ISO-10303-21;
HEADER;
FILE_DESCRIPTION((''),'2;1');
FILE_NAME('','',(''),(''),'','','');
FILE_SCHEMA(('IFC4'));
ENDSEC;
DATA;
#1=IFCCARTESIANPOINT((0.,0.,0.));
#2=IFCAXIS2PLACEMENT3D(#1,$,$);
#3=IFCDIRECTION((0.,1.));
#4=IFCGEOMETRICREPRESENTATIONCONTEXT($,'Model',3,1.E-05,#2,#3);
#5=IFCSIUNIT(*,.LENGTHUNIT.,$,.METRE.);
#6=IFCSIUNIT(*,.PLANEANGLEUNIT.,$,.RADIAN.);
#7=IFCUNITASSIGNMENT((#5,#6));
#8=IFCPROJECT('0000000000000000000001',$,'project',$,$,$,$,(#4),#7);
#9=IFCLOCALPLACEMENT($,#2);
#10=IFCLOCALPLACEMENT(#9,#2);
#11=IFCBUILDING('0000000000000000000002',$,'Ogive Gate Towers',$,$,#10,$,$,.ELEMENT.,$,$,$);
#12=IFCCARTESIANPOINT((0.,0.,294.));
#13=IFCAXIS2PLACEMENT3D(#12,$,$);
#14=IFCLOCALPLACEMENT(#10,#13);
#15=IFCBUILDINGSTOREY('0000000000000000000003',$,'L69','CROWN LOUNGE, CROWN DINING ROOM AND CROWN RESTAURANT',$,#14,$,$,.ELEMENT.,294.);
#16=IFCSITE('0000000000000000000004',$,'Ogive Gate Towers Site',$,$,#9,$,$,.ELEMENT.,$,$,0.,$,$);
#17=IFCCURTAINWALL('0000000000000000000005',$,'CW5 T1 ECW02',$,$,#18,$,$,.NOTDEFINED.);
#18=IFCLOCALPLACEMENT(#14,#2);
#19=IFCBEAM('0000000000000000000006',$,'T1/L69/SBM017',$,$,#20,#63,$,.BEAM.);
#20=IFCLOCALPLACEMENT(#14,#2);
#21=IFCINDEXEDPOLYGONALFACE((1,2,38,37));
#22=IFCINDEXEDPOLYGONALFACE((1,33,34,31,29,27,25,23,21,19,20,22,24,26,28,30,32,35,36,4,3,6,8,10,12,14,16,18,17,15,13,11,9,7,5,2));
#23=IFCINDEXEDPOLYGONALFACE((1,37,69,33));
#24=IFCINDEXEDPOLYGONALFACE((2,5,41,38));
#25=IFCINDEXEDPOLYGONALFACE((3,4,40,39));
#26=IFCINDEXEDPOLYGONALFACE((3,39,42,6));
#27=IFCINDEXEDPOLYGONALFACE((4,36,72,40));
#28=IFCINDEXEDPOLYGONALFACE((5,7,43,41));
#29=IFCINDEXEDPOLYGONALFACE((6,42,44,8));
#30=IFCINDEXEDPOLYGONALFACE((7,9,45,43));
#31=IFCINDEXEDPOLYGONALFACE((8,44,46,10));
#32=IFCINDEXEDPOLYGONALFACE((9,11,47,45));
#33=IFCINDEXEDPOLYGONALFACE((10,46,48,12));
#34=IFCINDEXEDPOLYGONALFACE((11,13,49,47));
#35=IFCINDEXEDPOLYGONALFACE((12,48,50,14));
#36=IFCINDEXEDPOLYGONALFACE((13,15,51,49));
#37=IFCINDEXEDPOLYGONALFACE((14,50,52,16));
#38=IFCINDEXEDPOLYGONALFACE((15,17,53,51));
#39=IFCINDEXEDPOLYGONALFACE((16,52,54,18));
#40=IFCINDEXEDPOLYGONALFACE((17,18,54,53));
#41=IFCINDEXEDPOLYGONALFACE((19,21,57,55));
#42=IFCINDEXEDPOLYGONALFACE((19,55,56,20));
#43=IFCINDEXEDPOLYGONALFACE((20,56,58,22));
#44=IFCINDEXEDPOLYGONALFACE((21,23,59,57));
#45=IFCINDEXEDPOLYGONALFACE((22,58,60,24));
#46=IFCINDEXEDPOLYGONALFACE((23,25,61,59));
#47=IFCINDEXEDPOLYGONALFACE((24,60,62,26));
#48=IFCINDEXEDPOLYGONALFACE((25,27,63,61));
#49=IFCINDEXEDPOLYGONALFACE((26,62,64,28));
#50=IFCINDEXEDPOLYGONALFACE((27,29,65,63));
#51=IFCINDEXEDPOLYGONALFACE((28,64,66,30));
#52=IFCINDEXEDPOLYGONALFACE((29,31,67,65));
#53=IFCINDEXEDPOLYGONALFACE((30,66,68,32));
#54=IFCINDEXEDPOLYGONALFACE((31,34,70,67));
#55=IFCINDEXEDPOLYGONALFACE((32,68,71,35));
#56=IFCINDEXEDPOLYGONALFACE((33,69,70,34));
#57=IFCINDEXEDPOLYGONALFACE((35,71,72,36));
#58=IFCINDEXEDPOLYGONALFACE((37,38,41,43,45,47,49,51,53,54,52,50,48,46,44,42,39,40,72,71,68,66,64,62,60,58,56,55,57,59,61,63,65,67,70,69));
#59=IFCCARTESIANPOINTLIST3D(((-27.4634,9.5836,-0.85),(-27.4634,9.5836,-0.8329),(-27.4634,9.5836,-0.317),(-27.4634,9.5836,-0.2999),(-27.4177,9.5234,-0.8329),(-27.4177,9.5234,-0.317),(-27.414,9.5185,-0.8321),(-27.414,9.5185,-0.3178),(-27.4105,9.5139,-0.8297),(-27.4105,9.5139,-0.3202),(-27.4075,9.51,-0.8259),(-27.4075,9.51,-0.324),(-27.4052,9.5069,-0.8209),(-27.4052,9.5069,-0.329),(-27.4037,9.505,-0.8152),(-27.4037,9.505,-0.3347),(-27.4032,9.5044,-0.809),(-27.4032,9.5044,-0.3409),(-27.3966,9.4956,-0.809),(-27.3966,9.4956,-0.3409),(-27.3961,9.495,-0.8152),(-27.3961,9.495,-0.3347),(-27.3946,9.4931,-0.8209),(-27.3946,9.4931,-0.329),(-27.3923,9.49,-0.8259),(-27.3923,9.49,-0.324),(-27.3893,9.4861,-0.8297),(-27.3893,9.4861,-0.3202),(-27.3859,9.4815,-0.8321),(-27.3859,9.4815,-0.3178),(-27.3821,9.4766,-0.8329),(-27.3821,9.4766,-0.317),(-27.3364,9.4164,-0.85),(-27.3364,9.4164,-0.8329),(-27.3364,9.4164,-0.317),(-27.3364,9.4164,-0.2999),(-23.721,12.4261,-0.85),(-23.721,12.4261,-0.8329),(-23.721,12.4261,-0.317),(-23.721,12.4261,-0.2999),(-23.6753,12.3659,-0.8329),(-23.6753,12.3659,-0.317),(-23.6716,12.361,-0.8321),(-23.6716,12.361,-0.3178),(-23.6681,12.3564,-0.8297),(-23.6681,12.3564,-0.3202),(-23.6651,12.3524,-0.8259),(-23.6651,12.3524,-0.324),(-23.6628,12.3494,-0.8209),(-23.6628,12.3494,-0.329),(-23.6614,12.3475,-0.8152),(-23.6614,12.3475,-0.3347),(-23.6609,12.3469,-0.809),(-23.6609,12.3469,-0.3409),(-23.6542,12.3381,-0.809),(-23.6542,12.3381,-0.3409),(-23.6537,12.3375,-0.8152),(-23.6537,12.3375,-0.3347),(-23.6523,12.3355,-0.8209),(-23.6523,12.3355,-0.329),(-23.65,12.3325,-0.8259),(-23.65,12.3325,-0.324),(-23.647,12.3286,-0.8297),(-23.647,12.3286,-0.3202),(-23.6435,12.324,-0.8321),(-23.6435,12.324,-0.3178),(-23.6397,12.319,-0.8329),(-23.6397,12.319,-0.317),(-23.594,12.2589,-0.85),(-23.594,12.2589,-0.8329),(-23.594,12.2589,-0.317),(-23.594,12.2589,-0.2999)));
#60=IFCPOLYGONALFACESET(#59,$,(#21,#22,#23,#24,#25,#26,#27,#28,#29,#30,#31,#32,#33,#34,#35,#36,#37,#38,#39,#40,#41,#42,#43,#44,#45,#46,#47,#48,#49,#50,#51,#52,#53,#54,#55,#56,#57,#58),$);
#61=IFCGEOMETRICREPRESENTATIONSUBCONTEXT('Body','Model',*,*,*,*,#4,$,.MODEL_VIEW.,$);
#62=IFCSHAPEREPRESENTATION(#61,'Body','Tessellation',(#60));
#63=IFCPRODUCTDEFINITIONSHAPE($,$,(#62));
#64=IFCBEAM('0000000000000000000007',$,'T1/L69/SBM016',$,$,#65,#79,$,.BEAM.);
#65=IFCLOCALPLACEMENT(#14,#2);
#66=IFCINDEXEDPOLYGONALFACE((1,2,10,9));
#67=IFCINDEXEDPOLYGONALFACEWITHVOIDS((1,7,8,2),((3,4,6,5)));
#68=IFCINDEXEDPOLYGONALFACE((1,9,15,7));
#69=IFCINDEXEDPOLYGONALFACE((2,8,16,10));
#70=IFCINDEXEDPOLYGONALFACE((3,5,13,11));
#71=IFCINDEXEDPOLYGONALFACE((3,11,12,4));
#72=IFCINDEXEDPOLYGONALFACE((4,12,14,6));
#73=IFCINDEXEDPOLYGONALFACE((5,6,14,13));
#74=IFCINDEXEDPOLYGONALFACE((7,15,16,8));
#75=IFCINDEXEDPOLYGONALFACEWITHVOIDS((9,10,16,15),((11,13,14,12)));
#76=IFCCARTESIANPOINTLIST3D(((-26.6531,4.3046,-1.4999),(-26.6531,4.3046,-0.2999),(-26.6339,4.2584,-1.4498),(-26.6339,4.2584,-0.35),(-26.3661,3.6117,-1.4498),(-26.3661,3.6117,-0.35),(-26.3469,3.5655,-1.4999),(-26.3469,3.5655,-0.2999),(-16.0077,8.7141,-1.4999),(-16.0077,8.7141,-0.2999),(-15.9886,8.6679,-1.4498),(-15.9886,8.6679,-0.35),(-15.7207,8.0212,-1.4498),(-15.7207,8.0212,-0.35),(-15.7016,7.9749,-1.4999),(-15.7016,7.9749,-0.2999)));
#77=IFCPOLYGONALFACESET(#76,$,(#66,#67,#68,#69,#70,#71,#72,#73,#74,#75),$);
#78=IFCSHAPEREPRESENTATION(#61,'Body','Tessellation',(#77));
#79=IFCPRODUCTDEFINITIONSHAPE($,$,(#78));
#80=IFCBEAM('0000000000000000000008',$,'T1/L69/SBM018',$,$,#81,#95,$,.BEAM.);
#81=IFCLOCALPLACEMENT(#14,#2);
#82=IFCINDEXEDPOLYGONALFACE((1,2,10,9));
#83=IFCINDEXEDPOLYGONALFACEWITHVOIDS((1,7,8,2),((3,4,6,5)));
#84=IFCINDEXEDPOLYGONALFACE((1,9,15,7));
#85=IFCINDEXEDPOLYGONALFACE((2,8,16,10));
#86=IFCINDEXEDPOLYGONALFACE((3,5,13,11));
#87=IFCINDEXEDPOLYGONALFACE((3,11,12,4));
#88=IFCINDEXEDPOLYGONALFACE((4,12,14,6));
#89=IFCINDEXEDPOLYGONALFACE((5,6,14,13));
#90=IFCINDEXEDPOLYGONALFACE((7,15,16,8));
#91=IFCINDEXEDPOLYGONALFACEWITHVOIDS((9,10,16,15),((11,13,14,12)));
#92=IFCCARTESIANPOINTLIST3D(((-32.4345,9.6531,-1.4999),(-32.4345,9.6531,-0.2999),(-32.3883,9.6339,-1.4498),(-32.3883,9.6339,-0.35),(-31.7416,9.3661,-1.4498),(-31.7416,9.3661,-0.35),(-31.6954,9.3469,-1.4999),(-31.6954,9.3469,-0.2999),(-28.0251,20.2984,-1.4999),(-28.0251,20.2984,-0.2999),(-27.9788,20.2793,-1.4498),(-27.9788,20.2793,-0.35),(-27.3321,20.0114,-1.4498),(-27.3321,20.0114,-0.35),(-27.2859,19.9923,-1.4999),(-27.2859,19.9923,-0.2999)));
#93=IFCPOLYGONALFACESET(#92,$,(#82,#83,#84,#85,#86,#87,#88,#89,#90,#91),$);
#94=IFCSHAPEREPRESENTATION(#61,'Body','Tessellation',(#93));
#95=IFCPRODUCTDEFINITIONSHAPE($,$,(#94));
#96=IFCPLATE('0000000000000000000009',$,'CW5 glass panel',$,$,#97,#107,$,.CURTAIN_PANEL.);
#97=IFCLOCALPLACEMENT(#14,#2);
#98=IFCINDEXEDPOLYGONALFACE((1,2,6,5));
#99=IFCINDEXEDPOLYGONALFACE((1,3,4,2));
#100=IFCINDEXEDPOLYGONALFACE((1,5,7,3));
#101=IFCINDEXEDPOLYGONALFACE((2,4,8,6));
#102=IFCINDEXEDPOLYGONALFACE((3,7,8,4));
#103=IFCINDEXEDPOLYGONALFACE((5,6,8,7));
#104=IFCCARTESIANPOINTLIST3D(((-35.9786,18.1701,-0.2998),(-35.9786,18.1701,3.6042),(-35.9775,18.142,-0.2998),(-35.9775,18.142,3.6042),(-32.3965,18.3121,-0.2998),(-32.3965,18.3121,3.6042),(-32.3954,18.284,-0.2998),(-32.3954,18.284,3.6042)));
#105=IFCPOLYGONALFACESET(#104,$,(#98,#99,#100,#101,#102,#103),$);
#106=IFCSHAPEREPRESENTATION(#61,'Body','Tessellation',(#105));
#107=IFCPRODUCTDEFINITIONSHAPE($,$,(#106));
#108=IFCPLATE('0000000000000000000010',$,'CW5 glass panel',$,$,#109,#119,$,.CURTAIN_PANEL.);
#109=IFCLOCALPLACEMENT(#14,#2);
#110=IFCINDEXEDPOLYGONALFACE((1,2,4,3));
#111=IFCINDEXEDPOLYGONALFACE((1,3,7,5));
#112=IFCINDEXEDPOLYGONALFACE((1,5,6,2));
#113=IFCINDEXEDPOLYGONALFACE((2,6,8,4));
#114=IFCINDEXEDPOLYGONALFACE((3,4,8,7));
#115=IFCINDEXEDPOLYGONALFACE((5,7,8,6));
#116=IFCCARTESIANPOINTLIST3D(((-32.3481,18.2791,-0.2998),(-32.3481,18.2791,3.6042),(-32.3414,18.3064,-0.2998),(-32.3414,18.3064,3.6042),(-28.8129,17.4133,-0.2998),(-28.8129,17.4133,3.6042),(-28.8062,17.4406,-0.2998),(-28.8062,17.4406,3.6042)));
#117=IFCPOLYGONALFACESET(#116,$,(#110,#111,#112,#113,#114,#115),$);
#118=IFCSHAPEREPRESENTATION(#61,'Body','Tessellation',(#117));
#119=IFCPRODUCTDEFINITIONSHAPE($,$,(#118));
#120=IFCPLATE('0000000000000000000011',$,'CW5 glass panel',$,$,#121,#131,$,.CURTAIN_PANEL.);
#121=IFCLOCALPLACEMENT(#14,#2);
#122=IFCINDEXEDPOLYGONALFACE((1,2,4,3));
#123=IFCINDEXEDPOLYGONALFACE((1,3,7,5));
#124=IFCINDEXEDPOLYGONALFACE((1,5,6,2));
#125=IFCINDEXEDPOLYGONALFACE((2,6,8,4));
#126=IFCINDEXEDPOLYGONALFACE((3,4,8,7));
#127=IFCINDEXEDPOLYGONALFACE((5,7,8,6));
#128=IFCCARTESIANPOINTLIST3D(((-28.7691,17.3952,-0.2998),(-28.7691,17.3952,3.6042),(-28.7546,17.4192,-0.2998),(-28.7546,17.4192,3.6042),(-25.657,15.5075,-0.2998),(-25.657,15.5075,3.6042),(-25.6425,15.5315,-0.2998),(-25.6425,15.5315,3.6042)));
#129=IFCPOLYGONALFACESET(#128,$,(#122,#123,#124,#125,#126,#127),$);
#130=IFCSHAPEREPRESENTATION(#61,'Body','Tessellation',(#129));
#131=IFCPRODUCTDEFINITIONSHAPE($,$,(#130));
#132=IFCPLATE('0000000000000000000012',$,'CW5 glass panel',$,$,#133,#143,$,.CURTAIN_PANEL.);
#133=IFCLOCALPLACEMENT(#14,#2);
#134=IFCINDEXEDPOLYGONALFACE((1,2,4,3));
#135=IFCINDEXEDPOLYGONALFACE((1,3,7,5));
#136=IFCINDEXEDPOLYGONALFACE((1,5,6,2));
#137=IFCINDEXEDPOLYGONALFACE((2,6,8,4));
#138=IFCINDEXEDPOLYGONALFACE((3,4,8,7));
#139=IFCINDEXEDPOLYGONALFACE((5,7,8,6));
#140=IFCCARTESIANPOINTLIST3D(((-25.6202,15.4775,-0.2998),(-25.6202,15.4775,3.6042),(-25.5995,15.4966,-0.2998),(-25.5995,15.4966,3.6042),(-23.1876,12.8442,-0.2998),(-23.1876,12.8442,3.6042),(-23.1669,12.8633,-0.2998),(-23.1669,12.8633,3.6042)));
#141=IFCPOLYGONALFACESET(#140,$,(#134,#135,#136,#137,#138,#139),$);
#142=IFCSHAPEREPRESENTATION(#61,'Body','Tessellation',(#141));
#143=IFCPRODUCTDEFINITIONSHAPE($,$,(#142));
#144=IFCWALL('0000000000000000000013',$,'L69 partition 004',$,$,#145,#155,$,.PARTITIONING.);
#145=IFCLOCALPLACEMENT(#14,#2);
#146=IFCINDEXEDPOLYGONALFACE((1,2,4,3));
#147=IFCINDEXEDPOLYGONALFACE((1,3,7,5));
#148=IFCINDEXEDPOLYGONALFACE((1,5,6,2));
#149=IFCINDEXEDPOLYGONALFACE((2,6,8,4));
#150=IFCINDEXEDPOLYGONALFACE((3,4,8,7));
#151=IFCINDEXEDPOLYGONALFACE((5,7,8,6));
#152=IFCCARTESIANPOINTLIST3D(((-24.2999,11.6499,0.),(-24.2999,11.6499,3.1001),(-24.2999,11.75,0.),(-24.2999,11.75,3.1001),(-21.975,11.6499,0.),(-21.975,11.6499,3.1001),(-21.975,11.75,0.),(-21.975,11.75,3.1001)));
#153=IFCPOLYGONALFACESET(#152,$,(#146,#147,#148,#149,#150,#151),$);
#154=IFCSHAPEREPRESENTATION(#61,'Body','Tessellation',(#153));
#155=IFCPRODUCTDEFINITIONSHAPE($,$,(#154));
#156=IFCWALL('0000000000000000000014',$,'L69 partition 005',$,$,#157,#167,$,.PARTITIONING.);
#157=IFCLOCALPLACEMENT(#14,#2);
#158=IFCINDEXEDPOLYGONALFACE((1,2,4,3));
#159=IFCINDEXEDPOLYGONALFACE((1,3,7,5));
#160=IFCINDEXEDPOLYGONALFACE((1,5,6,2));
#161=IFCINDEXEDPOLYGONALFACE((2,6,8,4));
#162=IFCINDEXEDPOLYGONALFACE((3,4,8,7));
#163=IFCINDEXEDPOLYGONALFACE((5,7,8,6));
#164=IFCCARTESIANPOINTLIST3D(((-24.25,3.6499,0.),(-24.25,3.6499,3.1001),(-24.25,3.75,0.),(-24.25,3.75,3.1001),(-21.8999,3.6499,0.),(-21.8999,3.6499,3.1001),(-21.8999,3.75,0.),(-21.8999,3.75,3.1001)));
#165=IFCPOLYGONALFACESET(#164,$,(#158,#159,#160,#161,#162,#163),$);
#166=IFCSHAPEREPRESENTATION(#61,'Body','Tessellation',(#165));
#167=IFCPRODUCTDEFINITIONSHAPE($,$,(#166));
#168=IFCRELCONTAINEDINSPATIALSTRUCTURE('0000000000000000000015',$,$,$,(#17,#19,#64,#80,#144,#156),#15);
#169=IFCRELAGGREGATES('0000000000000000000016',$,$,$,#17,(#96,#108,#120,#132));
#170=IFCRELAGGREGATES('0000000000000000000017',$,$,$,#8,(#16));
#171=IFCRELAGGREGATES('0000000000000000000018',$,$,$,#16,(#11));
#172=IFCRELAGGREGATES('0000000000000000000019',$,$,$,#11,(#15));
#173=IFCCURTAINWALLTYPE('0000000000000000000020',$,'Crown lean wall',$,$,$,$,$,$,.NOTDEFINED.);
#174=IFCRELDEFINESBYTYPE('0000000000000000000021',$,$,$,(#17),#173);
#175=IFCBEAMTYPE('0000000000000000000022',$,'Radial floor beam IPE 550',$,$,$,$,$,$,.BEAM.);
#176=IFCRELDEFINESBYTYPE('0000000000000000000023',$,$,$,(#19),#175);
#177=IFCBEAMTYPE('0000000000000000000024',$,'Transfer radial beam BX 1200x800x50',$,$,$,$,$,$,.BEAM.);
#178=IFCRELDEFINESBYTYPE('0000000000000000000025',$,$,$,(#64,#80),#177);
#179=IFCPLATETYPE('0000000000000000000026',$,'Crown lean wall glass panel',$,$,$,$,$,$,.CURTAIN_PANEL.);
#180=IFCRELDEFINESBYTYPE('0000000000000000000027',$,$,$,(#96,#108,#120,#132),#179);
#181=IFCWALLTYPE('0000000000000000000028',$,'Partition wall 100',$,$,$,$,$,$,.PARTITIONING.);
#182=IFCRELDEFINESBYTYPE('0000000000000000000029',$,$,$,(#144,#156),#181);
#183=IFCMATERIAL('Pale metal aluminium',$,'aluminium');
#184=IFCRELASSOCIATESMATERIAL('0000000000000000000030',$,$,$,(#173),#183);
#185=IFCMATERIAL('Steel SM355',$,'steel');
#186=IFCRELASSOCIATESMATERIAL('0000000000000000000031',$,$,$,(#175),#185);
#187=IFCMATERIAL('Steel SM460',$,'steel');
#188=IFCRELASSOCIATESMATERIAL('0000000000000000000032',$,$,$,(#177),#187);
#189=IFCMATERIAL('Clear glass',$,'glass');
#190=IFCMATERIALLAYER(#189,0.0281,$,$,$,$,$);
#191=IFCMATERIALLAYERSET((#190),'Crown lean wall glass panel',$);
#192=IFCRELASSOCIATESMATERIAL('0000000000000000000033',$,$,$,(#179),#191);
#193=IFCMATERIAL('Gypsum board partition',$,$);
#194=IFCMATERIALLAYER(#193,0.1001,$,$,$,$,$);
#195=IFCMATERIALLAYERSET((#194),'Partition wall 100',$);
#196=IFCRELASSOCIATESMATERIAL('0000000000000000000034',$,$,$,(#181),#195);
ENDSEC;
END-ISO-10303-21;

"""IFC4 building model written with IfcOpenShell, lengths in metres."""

from ifc_helpers import new_model, si_unit, direction, frame, frame_2d, origin, origin_2d, place, context, subcontext, project, spatial, rectangle, hollow_rectangle, i_section, extrude, material, layer, layer_set, material_profile, profile_set, type_object, element, aggregate, save


model = new_model("IFC4")

# Units and contexts
model_context = context("Model", 3, precision=1e-05, world=origin(), true_north=direction((0.0, 1.0)))
body_context = subcontext(model_context, "Body", "Model", "MODEL_VIEW")
ifc_project = project(units=[si_unit("LENGTHUNIT", "METRE"), si_unit("PLANEANGLEUNIT", "RADIAN")], contexts=[model_context])

# Site, building, storey
site_placement = place(None, origin())
site = spatial("IfcSite", under=ifc_project, at=site_placement, Name="Ogive Gate Towers Site", CompositionType="ELEMENT", RefElevation=0.0)
building_placement = place(site_placement, origin())
building = spatial("IfcBuilding", under=site, at=building_placement, Name="Ogive Gate Towers", CompositionType="ELEMENT")
storey_placement = place(building_placement, frame((0.0, 0.0, 294.0)))
storey = spatial("IfcBuildingStorey", under=building, at=storey_placement, Name="L69", Description="CROWN LOUNGE, CROWN DINING ROOM AND CROWN RESTAURANT", CompositionType="ELEMENT", Elevation=294.0)

# Shared definitions
ifc_material_1 = material(Name="Steel SM460", Category="steel")

# Curtain wall
ifc_material_2 = material(Name="Pale metal aluminium", Category="aluminium")
curtain_wall_type = type_object("IfcCurtainWallType", Name="Crown lean wall", PredefinedType="NOTDEFINED", material=ifc_material_2)
curtain_wall_placement = place(storey_placement, origin())
curtain_wall = element("IfcCurtainWall", 1, at=curtain_wall_placement, inside=storey, type_object=curtain_wall_type, Name="CW5 T1 ECW02", PredefinedType="NOTDEFINED")

# Beams
ifc_material_3 = material(Name="Steel SM355", Category="steel")
ifc_material_profile_1 = material_profile(ifc_material_3, i_section(OverallWidth=0.21, OverallDepth=0.55, WebThickness=0.011, FlangeThickness=0.0171, FilletRadius=0.0239, at=origin_2d()), Name="IPE 550")
ifc_profile_set_1 = profile_set([ifc_material_profile_1], Name="Steel SM355")
beam_type_1 = type_object("IfcBeamType", Name="Radial floor beam IPE 550", PredefinedType="BEAM", material=ifc_profile_set_1)
beam_1_placement = place(storey_placement, frame((-27.3999, 9.5, -0.575), z_axis=(0.796338, 0.604851, 0.0), x_axis=(-0.604851, 0.796338, 0.0)))
element("IfcBeam", 2, at=beam_1_placement, inside=storey, type_object=beam_type_1, Name="T1/L69/SBM017", PredefinedType="BEAM", context=body_context, shape_type="SweptSolid", body=[
    extrude(i_section(OverallWidth=0.21, OverallDepth=0.55, WebThickness=0.011, FlangeThickness=0.0171, FilletRadius=0.0239, at=origin_2d()), origin(), (0.0, 0.0, 1.0), 4.6995),
])
ifc_material_profile_2 = material_profile(ifc_material_1, hollow_rectangle(XDim=0.8, YDim=1.2, WallThickness=0.05, at=origin_2d()), Name="BX 1200x800x50")
ifc_profile_set_2 = profile_set([ifc_material_profile_2], Name="Steel SM460")
beam_type_2 = type_object("IfcBeamType", Name="Transfer radial beam BX 1200x800x50", PredefinedType="BEAM", material=ifc_profile_set_2)
for number, where, z_axis, x_axis, name in (
    (3, (-26.5, 3.9351, -0.8999), (0.923879, 0.382684, 0.0), (-0.382684, 0.923879, 0.0), "T1/L69/SBM016"),
    (4, (-32.0649, 9.5, -0.8999), (0.382684, 0.923879, 0.0), (-0.923879, 0.382684, 0.0), "T1/L69/SBM018"),
):
    element("IfcBeam", number, at=place(storey_placement, frame(where, z_axis=z_axis, x_axis=x_axis)), inside=storey, type_object=beam_type_2, Name=name, PredefinedType="BEAM", context=body_context, shape_type="SweptSolid", body=[
        extrude(hollow_rectangle(XDim=0.8, YDim=1.2, WallThickness=0.05, at=origin_2d()), origin(), (0.0, 0.0, 1.0), 11.5225),
    ])

# Plates
ifc_material_4 = material(Name="Clear glass", Category="glass")
ifc_layer_1 = layer(ifc_material_4, 0.0281)
ifc_layer_set_1 = layer_set([ifc_layer_1], Name="Crown lean wall glass panel")
plate_type = type_object("IfcPlateType", Name="Crown lean wall glass panel", PredefinedType="CURTAIN_PANEL", material=ifc_layer_set_1)
plate_1_placement = place(storey_placement, frame((-34.187, 18.2271, -0.2998), z_axis=(0.0, 0.0, 1.0), x_axis=(0.999215, 0.039609, 0.0)))
plate_1 = element("IfcPlate", 5, at=plate_1_placement, type_object=plate_type, Name="CW5 glass panel", PredefinedType="CURTAIN_PANEL", context=body_context, shape_type="SweptSolid", body=[
    extrude(rectangle(XDim=3.585, YDim=0.0281, at=origin_2d()), origin(), (0.0, 0.0, 1.0), 3.9041),
])
plate_2_placement = place(storey_placement, frame((-30.5771, 17.8599, -0.2998), z_axis=(0.0, 0.0, 1.0), x_axis=(0.971296, -0.237872, 0.0)))
plate_2 = element("IfcPlate", 6, at=plate_2_placement, type_object=plate_type, Name="CW5 glass panel", PredefinedType="CURTAIN_PANEL", context=body_context, shape_type="SweptSolid", body=[
    extrude(rectangle(XDim=3.6396, YDim=0.0281, at=origin_2d()), origin(), (0.0, 0.0, 1.0), 3.9041),
])
plate_3_placement = place(storey_placement, frame((-27.2058, 16.4634, -0.2998), z_axis=(0.0, 0.0, 1.0), x_axis=(0.855002, -0.518624, 0.0)))
plate_3 = element("IfcPlate", 7, at=plate_3_placement, type_object=plate_type, Name="CW5 glass panel", PredefinedType="CURTAIN_PANEL", context=body_context, shape_type="SweptSolid", body=[
    extrude(rectangle(XDim=3.6399, YDim=0.0281, at=origin_2d()), origin(), (0.0, 0.0, 1.0), 3.9041),
])
plate_4_placement = place(storey_placement, frame((-24.3936, 14.1704, -0.2998), z_axis=(0.0, 0.0, 1.0), x_axis=(0.678557, -0.734548, 0.0)))
plate_4 = element("IfcPlate", 8, at=plate_4_placement, type_object=plate_type, Name="CW5 glass panel", PredefinedType="CURTAIN_PANEL", context=body_context, shape_type="SweptSolid", body=[
    extrude(rectangle(XDim=3.585, YDim=0.0281, at=origin_2d()), origin(), (0.0, 0.0, 1.0), 3.9041),
])
aggregate(curtain_wall, [plate_1, plate_2, plate_3, plate_4])

# Walls
ifc_material_5 = material(Name="Gypsum board partition")
ifc_layer_2 = layer(ifc_material_5, 0.1001)
ifc_layer_set_2 = layer_set([ifc_layer_2], Name="Partition wall 100")
wall_type_1 = type_object("IfcWallType", Name="Partition wall 100", PredefinedType="PARTITIONING", material=ifc_layer_set_2)
wall_1_placement = place(storey_placement, frame((-24.3, 11.7, 0.0), z_axis=(0.0, 0.0, 1.0), x_axis=(1.0, 0.0, 0.0)))
element("IfcWall", 9, at=wall_1_placement, inside=storey, type_object=wall_type_1, Name="L69 partition 004", PredefinedType="PARTITIONING", context=body_context, shape_type="SweptSolid", body=[
    extrude(rectangle(XDim=2.325, YDim=0.1001, at=frame_2d((1.1626, 0.0))), origin(), (0.0, 0.0, 1.0), 3.1001),
])
wall_2_placement = place(storey_placement, frame((-24.25, 3.7, 0.0), z_axis=(0.0, 0.0, 1.0), x_axis=(1.0, 0.0, 0.0)))
element("IfcWall", 10, at=wall_2_placement, inside=storey, type_object=wall_type_1, Name="L69 partition 005", PredefinedType="PARTITIONING", context=body_context, shape_type="SweptSolid", body=[
    extrude(rectangle(XDim=2.3501, YDim=0.1001, at=frame_2d((1.175, 0.0))), origin(), (0.0, 0.0, 1.0), 3.1001),
])

save(model, "model.ifc")
